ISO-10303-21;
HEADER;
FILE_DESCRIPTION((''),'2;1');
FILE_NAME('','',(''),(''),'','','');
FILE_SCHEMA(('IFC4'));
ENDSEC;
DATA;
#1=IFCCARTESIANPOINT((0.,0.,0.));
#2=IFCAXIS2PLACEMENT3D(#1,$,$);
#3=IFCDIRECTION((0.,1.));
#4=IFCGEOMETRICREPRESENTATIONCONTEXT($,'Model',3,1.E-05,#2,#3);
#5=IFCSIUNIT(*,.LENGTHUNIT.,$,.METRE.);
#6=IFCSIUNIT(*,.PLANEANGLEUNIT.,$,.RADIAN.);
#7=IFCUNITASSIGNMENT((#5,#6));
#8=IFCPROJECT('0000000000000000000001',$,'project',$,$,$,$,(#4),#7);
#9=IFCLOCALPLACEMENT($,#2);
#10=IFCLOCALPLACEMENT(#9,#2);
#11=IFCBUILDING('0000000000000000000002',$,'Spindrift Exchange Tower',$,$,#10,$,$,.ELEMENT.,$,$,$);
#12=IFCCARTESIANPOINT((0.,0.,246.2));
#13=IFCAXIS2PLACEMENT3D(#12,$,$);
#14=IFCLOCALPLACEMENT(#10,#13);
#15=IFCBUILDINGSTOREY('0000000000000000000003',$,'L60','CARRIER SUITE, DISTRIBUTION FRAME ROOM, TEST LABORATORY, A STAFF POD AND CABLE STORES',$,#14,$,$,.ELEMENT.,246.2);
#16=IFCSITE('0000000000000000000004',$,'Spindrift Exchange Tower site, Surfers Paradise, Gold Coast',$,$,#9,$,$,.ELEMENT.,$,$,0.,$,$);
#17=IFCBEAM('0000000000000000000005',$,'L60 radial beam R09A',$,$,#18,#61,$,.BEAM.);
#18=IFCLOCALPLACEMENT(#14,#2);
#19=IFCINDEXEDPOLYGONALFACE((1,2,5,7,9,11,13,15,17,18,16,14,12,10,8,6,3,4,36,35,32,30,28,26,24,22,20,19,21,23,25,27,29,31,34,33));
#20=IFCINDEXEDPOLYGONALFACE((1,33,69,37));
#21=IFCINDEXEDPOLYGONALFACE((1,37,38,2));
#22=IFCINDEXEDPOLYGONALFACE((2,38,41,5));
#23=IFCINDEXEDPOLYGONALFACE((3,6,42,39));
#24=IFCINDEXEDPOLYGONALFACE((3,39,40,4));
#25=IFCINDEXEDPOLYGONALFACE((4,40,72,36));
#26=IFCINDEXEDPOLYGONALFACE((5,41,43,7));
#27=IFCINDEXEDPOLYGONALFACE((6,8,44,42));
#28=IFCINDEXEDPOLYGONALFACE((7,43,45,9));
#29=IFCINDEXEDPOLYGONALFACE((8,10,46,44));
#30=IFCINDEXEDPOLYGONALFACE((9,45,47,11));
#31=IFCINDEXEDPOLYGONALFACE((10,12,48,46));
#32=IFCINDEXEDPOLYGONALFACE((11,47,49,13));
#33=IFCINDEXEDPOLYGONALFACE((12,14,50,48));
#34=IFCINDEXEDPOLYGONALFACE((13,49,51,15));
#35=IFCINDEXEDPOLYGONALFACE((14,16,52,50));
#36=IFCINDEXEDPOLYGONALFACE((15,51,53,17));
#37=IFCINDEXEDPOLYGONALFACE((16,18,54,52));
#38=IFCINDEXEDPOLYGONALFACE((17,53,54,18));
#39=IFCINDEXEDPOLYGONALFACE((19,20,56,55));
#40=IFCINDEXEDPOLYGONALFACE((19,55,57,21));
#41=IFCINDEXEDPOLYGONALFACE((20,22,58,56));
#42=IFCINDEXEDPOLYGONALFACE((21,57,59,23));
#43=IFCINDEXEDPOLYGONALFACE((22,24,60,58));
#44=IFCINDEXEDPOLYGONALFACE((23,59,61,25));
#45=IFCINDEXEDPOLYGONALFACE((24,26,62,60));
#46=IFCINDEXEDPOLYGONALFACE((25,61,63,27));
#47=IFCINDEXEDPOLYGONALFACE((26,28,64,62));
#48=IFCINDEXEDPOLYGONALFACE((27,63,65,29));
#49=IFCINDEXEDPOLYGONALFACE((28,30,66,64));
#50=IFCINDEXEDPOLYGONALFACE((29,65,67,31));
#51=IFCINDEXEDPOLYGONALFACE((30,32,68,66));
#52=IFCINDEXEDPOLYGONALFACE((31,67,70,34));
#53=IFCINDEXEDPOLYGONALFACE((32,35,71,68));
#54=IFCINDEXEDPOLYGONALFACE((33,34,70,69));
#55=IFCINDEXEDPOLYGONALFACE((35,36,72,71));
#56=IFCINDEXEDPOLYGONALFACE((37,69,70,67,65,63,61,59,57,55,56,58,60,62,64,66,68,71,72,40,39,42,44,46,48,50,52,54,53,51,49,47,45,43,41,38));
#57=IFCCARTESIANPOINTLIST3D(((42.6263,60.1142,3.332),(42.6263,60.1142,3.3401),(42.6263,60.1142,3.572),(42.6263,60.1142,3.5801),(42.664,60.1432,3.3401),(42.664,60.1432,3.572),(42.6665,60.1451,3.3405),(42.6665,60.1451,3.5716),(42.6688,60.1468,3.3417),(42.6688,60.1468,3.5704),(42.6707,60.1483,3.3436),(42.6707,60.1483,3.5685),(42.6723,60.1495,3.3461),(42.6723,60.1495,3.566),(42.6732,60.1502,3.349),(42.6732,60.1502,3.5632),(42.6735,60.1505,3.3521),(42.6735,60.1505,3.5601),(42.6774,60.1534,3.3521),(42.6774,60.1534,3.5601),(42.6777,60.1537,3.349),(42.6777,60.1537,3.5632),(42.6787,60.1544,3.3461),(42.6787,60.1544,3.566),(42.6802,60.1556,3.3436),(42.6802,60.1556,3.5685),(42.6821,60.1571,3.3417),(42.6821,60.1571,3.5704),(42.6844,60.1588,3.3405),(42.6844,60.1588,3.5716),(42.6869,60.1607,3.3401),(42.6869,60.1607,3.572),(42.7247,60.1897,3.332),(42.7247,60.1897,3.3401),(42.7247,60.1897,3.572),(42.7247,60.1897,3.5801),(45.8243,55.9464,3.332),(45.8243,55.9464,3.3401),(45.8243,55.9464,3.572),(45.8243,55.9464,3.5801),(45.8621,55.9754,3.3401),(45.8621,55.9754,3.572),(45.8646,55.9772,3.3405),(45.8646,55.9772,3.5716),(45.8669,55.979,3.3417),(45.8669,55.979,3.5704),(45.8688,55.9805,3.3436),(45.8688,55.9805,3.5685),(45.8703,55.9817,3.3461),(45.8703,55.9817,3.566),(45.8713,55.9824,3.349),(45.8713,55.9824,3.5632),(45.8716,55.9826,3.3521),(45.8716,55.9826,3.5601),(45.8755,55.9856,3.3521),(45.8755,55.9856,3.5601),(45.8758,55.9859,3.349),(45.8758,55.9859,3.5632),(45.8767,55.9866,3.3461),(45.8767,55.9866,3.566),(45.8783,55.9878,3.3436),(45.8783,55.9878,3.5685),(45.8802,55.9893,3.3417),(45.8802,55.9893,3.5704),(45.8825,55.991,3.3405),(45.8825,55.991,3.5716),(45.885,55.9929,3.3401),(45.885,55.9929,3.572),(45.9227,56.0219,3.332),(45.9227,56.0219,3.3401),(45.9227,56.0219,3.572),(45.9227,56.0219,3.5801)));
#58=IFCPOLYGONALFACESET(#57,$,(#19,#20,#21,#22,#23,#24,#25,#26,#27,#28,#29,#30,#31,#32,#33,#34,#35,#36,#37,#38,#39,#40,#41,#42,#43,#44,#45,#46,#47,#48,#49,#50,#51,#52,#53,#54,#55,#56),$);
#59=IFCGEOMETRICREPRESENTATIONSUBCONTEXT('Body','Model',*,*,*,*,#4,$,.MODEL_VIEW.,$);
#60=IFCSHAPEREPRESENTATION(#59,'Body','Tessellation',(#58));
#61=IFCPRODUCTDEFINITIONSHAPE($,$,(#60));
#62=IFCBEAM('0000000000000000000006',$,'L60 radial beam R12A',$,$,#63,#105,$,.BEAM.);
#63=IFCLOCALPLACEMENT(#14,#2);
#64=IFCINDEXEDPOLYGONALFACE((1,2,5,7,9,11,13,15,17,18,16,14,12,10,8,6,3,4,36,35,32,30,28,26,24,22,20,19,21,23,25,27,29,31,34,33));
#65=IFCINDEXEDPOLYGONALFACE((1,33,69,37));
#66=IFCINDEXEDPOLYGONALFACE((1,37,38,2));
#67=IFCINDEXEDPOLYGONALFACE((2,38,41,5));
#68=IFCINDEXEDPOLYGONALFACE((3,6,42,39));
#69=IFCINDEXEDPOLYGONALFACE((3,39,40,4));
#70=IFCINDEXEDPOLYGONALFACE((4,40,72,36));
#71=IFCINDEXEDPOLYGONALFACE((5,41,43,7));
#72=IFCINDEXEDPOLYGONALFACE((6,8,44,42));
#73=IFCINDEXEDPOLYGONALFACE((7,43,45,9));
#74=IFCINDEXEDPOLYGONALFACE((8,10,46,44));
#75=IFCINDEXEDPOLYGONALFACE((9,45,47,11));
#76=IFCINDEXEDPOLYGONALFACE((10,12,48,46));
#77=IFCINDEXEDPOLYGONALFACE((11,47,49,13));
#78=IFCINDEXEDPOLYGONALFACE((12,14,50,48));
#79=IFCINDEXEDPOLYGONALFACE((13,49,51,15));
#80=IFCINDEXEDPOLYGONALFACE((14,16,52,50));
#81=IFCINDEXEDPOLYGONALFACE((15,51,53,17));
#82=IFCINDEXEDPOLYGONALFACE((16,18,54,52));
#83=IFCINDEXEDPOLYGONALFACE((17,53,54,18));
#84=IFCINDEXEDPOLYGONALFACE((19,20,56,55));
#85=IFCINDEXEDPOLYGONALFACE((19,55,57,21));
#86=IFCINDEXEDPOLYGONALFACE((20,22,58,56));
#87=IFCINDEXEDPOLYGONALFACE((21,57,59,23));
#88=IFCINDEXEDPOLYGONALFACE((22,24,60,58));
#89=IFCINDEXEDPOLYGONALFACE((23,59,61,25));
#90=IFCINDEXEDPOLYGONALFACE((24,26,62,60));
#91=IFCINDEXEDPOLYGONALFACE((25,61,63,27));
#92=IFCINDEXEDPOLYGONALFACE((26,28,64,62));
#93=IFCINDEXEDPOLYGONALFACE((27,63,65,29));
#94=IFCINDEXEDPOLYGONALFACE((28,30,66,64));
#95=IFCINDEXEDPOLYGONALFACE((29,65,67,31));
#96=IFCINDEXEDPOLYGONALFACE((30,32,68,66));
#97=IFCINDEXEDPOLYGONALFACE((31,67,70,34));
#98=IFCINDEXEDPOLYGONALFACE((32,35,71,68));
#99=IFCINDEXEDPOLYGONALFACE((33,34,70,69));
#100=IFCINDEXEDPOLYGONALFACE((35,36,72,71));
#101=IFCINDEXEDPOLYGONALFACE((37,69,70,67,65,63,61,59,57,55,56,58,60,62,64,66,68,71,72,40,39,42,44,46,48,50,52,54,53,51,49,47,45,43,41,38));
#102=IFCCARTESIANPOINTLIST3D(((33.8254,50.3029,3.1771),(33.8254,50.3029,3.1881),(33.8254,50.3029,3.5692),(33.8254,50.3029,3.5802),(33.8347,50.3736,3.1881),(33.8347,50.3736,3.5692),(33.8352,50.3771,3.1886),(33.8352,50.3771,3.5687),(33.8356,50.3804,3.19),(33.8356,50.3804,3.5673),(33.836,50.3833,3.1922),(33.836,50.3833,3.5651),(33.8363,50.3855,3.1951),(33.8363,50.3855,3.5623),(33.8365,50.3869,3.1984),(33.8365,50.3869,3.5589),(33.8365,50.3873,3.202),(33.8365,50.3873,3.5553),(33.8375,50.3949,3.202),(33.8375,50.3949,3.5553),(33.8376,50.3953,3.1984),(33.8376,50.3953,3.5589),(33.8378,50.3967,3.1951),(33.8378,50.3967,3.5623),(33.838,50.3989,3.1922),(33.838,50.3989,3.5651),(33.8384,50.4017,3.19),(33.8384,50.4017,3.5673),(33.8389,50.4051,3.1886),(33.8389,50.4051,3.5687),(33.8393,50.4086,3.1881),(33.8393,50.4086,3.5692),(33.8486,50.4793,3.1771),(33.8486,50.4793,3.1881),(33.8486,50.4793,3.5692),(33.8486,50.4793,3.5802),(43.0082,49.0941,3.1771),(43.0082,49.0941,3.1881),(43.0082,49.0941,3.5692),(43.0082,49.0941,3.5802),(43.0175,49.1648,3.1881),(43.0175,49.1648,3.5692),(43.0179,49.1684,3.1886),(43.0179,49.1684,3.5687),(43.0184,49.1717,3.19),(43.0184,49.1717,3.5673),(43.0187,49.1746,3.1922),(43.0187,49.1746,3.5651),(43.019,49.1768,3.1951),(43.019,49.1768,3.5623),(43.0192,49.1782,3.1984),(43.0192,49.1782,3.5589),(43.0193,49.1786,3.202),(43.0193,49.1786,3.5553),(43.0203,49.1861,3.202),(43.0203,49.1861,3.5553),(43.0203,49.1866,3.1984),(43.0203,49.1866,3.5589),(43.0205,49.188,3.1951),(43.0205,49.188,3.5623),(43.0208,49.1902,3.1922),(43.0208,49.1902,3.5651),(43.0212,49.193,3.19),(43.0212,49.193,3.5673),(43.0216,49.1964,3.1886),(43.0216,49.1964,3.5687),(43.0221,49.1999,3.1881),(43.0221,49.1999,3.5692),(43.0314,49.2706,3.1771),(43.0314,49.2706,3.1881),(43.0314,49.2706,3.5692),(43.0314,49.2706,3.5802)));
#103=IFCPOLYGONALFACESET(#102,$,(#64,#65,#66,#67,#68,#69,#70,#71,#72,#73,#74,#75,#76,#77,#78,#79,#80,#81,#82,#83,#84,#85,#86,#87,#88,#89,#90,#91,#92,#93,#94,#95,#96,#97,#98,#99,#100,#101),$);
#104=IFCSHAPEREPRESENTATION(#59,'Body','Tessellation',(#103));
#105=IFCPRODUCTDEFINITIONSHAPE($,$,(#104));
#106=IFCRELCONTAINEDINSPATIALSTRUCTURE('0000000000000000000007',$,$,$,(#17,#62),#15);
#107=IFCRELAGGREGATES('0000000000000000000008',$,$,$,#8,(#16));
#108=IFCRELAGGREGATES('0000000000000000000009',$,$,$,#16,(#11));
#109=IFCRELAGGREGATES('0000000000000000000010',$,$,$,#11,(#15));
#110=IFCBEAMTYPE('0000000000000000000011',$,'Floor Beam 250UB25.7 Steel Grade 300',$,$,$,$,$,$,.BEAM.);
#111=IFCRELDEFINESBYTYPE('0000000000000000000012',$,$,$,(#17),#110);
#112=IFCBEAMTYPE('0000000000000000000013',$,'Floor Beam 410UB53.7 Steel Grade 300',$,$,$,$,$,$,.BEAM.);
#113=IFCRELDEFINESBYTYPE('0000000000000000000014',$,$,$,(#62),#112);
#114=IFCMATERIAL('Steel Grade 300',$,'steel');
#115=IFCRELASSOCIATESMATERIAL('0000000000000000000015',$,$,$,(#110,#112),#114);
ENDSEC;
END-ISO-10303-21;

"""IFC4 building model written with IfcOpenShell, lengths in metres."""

from ifc_helpers import new_model, si_unit, direction, frame, origin, origin_2d, place, context, subcontext, project, spatial, i_section, extrude, source, transform, mapped, material, material_profile, profile_set, type_object, element, save


model = new_model("IFC4")

# Units and contexts
model_context = context("Model", 3, precision=1e-05, world=origin(), true_north=direction((0.0, 1.0)))
body_context = subcontext(model_context, "Body", "Model", "MODEL_VIEW")
ifc_project = project(units=[si_unit("LENGTHUNIT", "METRE"), si_unit("PLANEANGLEUNIT", "RADIAN")], contexts=[model_context])

# Site, building, storey
site_placement = place(None, origin())
site = spatial("IfcSite", under=ifc_project, at=site_placement, Name="Spindrift Exchange Tower site, Surfers Paradise, Gold Coast", CompositionType="ELEMENT", RefElevation=0.0)
building_placement = place(site_placement, origin())
building = spatial("IfcBuilding", under=site, at=building_placement, Name="Spindrift Exchange Tower", CompositionType="ELEMENT")
storey_placement = place(building_placement, frame((0.0, 0.0, 246.2)))
storey = spatial("IfcBuildingStorey", under=building, at=storey_placement, Name="L60", Description="CARRIER SUITE, DISTRIBUTION FRAME ROOM, TEST LABORATORY, A STAFF POD AND CABLE STORES", CompositionType="ELEMENT", Elevation=246.2)

# Beams
ifc_material_1 = material(Name="Steel Grade 300", Category="steel")
ifc_material_profile_1 = material_profile(ifc_material_1, i_section(OverallWidth=0.124, OverallDepth=0.248, WebThickness=0.0049, FlangeThickness=0.0081, FilletRadius=0.012, at=origin_2d()), Name="250UB25.7")
ifc_profile_set_1 = profile_set([ifc_material_profile_1], Name="Steel Grade 300")
beam_type_1 = type_object("IfcBeamType", Name="Floor Beam 250UB25.7 Steel Grade 300", PredefinedType="BEAM", material=ifc_profile_set_1)
shared_shape_1 = source(origin(), body_context, "Body", "SweptSolid", [
    extrude(i_section(OverallWidth=0.124, OverallDepth=0.248, WebThickness=0.0049, FlangeThickness=0.0081, FilletRadius=0.012, at=origin_2d()), origin(), (0.0, 0.0, 1.0), 5.2534),
])
beam_1_placement = place(storey_placement, frame((45.8735, 55.9841, 3.4561), z_axis=(-0.60876, 0.793354, 0.0), x_axis=(-0.793354, -0.60876, 0.0)))
element("IfcBeam", 1, at=beam_1_placement, inside=storey, type_object=beam_type_1, Name="L60 radial beam R09A", PredefinedType="BEAM", context=body_context, shape_type="MappedRepresentation", body=[
    mapped(shared_shape_1, transform((0.0, 0.0, 0.0), scale=1.0)),
])
ifc_material_profile_2 = material_profile(ifc_material_1, i_section(OverallWidth=0.178, OverallDepth=0.4031, WebThickness=0.0076, FlangeThickness=0.011, FilletRadius=0.0139, at=origin_2d()), Name="410UB53.7")
ifc_profile_set_2 = profile_set([ifc_material_profile_2], Name="Steel Grade 300")
beam_type_2 = type_object("IfcBeamType", Name="Floor Beam 410UB53.7 Steel Grade 300", PredefinedType="BEAM", material=ifc_profile_set_2)
shared_shape_2 = source(origin(), body_context, "Body", "SweptSolid", [
    extrude(i_section(OverallWidth=0.178, OverallDepth=0.4031, WebThickness=0.0076, FlangeThickness=0.011, FilletRadius=0.0139, at=origin_2d()), origin(), (0.0, 0.0, 1.0), 9.262),
])
beam_2_placement = place(storey_placement, frame((43.0198, 49.1824, 3.3787), z_axis=(-0.991448, 0.130504, 0.0), x_axis=(-0.130504, -0.991448, 0.0)))
element("IfcBeam", 2, at=beam_2_placement, inside=storey, type_object=beam_type_2, Name="L60 radial beam R12A", PredefinedType="BEAM", context=body_context, shape_type="MappedRepresentation", body=[
    mapped(shared_shape_2, transform((0.0, 0.0, 0.0), scale=1.0)),
])

save(model, "model.ifc")
